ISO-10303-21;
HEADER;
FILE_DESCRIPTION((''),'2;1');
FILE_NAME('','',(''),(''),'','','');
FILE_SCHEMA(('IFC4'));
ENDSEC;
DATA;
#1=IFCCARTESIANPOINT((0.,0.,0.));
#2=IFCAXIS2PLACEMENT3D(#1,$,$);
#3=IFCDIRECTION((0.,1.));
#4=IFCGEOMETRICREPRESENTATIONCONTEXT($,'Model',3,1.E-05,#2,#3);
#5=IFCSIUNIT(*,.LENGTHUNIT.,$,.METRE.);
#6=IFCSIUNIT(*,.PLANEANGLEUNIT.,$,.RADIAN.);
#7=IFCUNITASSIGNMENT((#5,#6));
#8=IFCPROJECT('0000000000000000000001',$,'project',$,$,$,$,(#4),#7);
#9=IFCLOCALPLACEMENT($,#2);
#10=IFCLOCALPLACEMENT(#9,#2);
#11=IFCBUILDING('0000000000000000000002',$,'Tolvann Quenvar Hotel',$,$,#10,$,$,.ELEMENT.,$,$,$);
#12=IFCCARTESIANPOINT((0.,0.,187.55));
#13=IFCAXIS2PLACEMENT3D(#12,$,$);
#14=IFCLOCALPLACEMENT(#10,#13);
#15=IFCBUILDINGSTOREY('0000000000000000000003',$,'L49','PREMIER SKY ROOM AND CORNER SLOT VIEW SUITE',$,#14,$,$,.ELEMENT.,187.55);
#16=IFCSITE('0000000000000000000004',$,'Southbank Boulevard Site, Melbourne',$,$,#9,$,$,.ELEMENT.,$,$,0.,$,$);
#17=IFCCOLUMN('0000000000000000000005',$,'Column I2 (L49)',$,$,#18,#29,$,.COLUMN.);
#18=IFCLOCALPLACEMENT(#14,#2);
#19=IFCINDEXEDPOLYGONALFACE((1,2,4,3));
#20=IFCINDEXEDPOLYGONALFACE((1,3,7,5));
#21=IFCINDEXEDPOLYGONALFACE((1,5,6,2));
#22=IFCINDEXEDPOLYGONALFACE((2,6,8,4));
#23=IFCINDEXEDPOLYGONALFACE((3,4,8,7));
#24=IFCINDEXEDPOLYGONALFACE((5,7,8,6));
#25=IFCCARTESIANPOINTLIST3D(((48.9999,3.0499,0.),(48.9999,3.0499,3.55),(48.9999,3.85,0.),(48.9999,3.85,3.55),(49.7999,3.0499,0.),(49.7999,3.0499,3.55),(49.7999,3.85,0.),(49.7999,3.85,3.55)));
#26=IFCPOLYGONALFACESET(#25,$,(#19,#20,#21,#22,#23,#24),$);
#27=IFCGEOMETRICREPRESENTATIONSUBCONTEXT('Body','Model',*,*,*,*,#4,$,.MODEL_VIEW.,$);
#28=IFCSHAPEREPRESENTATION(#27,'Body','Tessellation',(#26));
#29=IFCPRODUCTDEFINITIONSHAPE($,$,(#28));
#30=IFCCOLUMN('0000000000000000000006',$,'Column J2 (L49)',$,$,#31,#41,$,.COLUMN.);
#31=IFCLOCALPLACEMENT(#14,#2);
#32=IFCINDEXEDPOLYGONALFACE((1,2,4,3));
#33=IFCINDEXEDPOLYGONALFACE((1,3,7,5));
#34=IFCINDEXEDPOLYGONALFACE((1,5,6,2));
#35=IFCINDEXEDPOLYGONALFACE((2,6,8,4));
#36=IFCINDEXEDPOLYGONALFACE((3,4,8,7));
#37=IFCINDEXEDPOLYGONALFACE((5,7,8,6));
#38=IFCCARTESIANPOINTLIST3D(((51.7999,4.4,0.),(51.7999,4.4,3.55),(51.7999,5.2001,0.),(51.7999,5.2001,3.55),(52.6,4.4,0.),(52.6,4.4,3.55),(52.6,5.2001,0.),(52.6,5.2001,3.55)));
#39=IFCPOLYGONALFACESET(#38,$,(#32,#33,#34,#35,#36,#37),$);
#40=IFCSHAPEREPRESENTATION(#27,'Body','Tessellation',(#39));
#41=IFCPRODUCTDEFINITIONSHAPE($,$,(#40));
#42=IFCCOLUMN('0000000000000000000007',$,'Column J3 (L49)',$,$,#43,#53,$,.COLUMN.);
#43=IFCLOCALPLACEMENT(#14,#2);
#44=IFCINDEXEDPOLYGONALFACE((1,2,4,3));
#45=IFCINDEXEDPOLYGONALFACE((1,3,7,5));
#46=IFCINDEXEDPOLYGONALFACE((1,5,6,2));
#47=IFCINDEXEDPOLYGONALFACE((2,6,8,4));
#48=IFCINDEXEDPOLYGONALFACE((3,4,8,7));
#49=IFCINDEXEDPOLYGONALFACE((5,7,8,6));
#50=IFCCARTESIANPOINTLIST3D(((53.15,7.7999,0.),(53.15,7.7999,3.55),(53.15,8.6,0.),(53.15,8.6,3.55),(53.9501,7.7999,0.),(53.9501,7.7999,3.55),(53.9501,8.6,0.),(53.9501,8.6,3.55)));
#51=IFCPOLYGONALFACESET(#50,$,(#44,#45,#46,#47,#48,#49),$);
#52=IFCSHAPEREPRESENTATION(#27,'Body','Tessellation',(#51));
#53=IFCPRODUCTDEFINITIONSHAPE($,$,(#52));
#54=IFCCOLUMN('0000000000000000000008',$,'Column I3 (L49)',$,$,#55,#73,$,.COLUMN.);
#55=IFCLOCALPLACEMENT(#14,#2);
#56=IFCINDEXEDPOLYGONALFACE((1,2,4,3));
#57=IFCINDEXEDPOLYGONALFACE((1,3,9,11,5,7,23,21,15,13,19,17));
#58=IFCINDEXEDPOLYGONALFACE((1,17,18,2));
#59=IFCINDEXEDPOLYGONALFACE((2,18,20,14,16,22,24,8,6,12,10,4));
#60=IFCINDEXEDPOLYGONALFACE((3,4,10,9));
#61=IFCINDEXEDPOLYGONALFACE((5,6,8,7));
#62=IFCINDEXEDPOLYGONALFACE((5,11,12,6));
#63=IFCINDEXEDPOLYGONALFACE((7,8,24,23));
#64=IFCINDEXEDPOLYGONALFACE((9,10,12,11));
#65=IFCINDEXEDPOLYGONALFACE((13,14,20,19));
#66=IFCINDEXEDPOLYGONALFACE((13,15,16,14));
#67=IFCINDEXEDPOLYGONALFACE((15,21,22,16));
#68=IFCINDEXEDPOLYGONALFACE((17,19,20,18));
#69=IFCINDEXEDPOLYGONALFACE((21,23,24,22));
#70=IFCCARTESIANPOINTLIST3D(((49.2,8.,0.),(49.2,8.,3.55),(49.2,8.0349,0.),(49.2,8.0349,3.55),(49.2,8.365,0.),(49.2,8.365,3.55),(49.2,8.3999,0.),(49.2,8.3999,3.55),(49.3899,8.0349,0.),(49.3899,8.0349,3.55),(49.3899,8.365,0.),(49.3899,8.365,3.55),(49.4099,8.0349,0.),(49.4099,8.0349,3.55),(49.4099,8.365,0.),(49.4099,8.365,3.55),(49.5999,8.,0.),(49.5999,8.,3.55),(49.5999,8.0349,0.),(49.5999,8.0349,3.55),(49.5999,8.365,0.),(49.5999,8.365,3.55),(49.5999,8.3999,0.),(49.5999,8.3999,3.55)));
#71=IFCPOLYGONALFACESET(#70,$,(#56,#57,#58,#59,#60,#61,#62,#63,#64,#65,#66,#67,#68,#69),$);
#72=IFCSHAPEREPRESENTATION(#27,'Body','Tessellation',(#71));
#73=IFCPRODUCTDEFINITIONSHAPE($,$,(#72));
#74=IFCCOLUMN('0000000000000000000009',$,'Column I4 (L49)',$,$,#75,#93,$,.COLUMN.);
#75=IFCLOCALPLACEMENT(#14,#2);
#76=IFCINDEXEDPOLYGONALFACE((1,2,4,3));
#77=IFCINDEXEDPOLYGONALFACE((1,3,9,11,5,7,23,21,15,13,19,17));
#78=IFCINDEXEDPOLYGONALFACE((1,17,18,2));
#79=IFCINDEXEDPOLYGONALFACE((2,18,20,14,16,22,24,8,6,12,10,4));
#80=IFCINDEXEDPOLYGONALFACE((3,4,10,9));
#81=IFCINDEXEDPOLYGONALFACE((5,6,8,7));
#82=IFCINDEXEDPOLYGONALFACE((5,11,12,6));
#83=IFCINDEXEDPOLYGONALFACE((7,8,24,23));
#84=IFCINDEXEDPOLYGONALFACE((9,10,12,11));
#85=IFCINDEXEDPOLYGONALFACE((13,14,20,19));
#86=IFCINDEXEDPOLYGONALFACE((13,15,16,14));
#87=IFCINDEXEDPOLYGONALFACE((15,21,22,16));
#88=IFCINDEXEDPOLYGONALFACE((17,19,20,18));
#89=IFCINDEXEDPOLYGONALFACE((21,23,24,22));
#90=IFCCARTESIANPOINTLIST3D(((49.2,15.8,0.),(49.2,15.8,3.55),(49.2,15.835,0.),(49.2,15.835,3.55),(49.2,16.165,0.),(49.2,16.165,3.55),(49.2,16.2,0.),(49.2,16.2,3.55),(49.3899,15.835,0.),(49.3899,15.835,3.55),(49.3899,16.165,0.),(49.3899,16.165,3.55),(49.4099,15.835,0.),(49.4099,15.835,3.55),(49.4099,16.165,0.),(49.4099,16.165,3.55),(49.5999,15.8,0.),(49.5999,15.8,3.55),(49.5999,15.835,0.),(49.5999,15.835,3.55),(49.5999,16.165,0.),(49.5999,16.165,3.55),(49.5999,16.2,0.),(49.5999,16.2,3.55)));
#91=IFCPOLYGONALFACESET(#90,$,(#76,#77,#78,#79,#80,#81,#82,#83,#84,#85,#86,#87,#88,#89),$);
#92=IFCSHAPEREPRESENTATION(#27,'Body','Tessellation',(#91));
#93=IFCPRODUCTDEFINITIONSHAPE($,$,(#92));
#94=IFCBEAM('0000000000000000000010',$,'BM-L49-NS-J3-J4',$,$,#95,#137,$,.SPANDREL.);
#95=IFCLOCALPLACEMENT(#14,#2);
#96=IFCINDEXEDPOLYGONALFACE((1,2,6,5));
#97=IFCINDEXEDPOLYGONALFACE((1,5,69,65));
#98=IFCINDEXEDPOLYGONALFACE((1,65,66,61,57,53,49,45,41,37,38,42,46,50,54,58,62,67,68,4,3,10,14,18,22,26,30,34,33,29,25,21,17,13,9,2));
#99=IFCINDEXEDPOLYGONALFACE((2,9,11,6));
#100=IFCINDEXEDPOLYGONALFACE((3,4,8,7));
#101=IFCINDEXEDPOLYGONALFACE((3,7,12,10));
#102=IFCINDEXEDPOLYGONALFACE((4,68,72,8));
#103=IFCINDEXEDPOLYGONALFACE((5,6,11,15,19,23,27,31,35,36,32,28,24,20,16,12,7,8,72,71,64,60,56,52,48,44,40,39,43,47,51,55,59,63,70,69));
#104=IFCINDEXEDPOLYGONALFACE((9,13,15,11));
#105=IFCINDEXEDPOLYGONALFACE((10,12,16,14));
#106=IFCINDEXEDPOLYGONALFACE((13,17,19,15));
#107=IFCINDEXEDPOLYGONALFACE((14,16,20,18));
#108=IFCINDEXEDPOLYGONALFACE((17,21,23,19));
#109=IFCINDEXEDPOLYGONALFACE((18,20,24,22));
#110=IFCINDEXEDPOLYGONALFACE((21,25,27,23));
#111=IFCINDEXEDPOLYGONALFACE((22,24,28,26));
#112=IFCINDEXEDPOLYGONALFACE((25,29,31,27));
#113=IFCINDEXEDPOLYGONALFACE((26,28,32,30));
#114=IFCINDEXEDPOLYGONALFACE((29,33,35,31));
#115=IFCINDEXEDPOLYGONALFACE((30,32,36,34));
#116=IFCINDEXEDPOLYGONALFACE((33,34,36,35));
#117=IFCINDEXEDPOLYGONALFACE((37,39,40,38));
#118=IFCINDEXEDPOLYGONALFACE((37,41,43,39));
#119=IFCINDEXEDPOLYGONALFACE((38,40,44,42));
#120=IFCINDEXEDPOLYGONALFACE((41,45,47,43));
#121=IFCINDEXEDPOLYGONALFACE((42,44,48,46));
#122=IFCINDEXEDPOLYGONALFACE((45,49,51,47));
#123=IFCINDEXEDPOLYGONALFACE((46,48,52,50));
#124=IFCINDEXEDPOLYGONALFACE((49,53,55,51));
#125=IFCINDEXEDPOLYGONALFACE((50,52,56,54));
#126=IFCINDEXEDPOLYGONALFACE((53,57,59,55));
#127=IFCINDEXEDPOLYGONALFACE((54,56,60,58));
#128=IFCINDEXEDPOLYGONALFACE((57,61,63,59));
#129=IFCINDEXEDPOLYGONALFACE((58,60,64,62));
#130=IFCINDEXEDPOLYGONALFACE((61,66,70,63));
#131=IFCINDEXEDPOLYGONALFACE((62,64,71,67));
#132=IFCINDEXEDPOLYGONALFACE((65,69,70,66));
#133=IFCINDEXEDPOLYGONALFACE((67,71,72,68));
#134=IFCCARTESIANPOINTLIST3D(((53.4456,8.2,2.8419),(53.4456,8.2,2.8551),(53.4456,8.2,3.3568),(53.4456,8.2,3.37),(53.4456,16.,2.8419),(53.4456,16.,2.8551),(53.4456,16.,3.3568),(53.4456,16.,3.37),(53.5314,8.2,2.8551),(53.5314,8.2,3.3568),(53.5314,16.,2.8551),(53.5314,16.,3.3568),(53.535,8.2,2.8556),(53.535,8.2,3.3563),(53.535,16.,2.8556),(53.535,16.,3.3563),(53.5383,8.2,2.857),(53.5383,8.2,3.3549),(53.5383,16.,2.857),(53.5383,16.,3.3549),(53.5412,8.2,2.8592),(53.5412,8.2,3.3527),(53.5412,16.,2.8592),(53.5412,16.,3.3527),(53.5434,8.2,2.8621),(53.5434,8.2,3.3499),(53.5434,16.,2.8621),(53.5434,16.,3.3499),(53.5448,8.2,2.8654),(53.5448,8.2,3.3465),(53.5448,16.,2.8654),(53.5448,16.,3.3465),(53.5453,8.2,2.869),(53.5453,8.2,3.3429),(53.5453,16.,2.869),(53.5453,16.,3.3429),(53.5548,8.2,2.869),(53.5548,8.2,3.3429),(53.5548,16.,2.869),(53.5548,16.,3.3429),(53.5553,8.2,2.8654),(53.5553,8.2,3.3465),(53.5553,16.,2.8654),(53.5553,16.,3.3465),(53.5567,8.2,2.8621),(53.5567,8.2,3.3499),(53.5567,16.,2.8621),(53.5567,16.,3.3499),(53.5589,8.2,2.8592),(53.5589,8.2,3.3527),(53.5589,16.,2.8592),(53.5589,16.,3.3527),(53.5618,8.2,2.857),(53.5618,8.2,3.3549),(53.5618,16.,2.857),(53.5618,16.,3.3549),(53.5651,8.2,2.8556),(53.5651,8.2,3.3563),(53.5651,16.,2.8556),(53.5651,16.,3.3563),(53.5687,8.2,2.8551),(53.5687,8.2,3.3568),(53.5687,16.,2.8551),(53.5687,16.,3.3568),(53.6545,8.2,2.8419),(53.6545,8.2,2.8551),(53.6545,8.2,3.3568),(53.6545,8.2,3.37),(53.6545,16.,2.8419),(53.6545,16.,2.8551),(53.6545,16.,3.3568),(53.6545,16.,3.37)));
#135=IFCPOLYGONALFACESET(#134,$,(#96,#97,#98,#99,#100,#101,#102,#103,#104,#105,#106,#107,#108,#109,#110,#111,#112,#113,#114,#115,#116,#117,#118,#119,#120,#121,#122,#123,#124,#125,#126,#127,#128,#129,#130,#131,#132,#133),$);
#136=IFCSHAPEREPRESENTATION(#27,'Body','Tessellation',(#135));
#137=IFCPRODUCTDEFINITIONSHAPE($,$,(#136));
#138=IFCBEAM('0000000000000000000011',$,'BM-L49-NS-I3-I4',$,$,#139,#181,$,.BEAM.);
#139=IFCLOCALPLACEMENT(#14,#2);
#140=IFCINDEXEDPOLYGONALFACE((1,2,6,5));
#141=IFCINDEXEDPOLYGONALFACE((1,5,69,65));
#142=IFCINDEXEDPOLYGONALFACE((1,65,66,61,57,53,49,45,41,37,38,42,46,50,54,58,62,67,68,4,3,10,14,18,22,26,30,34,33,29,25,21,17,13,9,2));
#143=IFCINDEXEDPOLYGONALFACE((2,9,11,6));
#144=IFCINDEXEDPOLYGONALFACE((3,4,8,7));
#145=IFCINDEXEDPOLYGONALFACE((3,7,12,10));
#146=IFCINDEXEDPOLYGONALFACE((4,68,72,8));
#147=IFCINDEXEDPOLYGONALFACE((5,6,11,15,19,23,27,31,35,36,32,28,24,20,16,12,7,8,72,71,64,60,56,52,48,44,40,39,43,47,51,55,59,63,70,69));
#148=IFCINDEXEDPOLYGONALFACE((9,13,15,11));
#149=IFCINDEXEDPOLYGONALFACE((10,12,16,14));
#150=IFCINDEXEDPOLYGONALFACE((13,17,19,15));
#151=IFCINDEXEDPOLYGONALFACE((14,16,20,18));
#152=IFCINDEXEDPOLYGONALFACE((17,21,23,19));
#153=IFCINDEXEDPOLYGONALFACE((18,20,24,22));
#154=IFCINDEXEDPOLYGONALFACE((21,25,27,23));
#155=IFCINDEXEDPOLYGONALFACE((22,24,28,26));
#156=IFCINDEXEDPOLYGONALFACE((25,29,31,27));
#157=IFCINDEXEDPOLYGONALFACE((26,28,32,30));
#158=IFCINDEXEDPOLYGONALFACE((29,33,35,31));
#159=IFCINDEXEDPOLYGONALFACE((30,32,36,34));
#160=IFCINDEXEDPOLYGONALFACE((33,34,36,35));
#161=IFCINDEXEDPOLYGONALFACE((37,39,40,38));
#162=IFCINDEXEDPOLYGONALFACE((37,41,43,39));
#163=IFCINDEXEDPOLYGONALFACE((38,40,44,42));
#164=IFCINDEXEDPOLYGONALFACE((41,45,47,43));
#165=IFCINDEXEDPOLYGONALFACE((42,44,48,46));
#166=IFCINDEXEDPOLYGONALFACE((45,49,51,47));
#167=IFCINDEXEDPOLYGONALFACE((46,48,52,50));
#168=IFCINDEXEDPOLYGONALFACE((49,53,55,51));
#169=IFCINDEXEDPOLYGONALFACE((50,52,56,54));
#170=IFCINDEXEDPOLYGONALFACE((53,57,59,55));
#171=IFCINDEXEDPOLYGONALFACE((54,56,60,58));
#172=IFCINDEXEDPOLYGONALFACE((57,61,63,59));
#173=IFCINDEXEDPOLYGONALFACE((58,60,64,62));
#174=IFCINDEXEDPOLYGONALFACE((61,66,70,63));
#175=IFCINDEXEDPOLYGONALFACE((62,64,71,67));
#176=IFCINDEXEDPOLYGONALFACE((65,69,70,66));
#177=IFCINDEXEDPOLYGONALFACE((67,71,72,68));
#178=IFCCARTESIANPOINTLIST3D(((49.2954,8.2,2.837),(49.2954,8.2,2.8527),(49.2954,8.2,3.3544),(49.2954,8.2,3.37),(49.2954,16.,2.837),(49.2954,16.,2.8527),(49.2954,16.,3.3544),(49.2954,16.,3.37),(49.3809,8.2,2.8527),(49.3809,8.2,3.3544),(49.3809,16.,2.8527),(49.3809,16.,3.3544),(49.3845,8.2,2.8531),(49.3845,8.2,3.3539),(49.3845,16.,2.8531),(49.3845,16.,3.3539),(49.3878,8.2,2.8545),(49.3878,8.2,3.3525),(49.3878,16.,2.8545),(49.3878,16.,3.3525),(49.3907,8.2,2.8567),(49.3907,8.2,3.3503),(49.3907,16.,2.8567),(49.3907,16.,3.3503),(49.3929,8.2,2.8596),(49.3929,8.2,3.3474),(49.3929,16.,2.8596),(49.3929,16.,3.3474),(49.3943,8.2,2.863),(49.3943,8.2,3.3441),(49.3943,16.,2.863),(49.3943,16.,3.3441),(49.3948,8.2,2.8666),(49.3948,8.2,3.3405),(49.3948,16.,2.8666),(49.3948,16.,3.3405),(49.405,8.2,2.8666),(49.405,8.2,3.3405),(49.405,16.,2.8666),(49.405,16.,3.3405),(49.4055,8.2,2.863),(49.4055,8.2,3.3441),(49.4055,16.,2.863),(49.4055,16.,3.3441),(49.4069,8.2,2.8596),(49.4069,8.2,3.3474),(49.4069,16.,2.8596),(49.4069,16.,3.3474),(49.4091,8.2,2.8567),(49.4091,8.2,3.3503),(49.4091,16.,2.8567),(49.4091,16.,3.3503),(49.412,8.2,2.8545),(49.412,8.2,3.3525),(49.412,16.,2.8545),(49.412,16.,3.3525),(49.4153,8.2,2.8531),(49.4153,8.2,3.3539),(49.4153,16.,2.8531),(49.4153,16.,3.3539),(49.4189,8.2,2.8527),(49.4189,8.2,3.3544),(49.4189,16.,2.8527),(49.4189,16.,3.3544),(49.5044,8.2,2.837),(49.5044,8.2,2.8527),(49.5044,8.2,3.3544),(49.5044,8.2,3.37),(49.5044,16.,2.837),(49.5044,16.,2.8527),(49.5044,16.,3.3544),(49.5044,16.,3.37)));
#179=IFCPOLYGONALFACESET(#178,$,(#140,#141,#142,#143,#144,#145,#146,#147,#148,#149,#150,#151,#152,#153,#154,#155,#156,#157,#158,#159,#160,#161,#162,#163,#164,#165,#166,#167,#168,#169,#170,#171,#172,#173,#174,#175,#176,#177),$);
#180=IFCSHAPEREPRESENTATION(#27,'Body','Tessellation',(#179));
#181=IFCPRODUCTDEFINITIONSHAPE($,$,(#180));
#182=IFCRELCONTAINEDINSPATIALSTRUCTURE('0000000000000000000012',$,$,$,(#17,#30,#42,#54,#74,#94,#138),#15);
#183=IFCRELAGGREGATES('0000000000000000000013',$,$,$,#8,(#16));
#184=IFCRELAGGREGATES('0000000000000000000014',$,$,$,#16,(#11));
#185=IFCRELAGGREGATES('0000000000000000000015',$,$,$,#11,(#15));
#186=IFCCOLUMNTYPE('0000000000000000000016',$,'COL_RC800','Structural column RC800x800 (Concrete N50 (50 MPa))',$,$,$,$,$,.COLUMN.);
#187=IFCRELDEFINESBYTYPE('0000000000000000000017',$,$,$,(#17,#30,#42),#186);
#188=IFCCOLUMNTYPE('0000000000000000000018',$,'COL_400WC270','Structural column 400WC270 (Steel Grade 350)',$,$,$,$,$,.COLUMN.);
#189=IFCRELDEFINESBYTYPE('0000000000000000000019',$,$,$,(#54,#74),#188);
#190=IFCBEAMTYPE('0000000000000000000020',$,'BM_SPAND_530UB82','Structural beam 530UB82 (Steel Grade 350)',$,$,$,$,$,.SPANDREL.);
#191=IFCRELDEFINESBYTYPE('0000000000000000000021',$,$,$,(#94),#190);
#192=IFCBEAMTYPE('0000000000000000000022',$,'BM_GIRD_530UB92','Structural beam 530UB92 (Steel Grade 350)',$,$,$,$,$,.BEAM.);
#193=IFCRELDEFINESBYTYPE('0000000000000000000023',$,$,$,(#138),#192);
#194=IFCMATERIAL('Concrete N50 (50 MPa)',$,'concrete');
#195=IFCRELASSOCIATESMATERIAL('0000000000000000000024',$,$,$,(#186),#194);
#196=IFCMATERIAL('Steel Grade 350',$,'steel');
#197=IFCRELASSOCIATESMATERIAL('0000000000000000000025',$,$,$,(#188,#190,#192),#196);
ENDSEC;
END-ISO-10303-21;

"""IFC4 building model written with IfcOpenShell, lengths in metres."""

from ifc_helpers import new_model, si_unit, direction, frame, origin, origin_2d, place, context, subcontext, project, spatial, rectangle, i_section, extrude, source, transform, mapped, material, material_profile, profile_set, type_object, type_shapes, element, save


model = new_model("IFC4")

# Units and contexts
model_context = context("Model", 3, precision=1e-05, world=origin(), true_north=direction((0.0, 1.0)))
body_context = subcontext(model_context, "Body", "Model", "MODEL_VIEW")
ifc_project = project(units=[si_unit("LENGTHUNIT", "METRE"), si_unit("PLANEANGLEUNIT", "RADIAN")], contexts=[model_context])

# Site, building, storey
site_placement = place(None, origin())
site = spatial("IfcSite", under=ifc_project, at=site_placement, Name="Southbank Boulevard Site, Melbourne", CompositionType="ELEMENT", RefElevation=0.0)
building_placement = place(site_placement, origin())
building = spatial("IfcBuilding", under=site, at=building_placement, Name="Tolvann Quenvar Hotel", CompositionType="ELEMENT")
storey_placement = place(building_placement, frame((0.0, 0.0, 187.55)))
storey = spatial("IfcBuildingStorey", under=building, at=storey_placement, Name="L49", Description="PREMIER SKY ROOM AND CORNER SLOT VIEW SUITE", CompositionType="ELEMENT", Elevation=187.55)

# Columns
ifc_material_1 = material(Name="Concrete N50 (50 MPa)", Category="concrete")
ifc_material_profile_1 = material_profile(ifc_material_1, rectangle(XDim=0.8, YDim=0.8, at=origin_2d()), Name="RC800x800")
ifc_profile_set_1 = profile_set([ifc_material_profile_1], Name="Concrete N50 (50 MPa)")
column_type_1 = type_object("IfcColumnType", Name="COL_RC800", Description="Structural column RC800x800 (Concrete N50 (50 MPa))", PredefinedType="COLUMN", material=ifc_profile_set_1)
shared_shape_1 = source(origin(), body_context, "Body", "SweptSolid", [
    extrude(rectangle(XDim=0.8, YDim=0.8, at=origin_2d()), origin(), (0.0, 0.0, 1.0), 3.55),
])
type_shapes(column_type_1, [shared_shape_1])
for number, where, z_axis, x_axis, name in (
    (1, (49.3999, 3.45, 0.0), (0.0, 0.0, 1.0), (1.0, 0.0, 0.0), "Column I2 (L49)"),
    (2, (52.2, 4.8, 0.0), (0.0, 0.0, 1.0), (1.0, 0.0, 0.0), "Column J2 (L49)"),
    (3, (53.55, 8.2, 0.0), (0.0, 0.0, 1.0), (1.0, 0.0, 0.0), "Column J3 (L49)"),
):
    element("IfcColumn", number, at=place(storey_placement, frame(where, z_axis=z_axis, x_axis=x_axis)), inside=storey, type_object=column_type_1, Name=name, PredefinedType="COLUMN", context=body_context, shape_type="MappedRepresentation", body=[
        mapped(shared_shape_1, transform((0.0, 0.0, 0.0), x_axis=(1.0, 0.0, 0.0), y_axis=(0.0, 1.0, 0.0), z_axis=(0.0, 0.0, 1.0), scale=1.0)),
    ])
ifc_material_2 = material(Name="Steel Grade 350", Category="steel")
ifc_material_profile_2 = material_profile(ifc_material_2, i_section(OverallWidth=0.3999, OverallDepth=0.3999, WebThickness=0.02, FlangeThickness=0.0349, at=origin_2d()), Name="400WC270")
ifc_profile_set_2 = profile_set([ifc_material_profile_2], Name="Steel Grade 350")
column_type_2 = type_object("IfcColumnType", Name="COL_400WC270", Description="Structural column 400WC270 (Steel Grade 350)", PredefinedType="COLUMN", material=ifc_profile_set_2)
shared_shape_2 = source(origin(), body_context, "Body", "SweptSolid", [
    extrude(i_section(OverallWidth=0.3999, OverallDepth=0.3999, WebThickness=0.02, FlangeThickness=0.0349, at=origin_2d()), origin(), (0.0, 0.0, 1.0), 3.55),
])
type_shapes(column_type_2, [shared_shape_2])
for number, where, z_axis, x_axis, name in (
    (4, (49.3999, 8.2, 0.0), (0.0, 0.0, 1.0), (1.0, 0.0, 0.0), "Column I3 (L49)"),
    (5, (49.3999, 16.0, 0.0), (0.0, 0.0, 1.0), (1.0, 0.0, 0.0), "Column I4 (L49)"),
):
    element("IfcColumn", number, at=place(storey_placement, frame(where, z_axis=z_axis, x_axis=x_axis)), inside=storey, type_object=column_type_2, Name=name, PredefinedType="COLUMN", context=body_context, shape_type="MappedRepresentation", body=[
        mapped(shared_shape_2, transform((0.0, 0.0, 0.0), x_axis=(1.0, 0.0, 0.0), y_axis=(0.0, 1.0, 0.0), z_axis=(0.0, 0.0, 1.0), scale=1.0)),
    ])

# Beams
ifc_material_profile_3 = material_profile(ifc_material_2, i_section(OverallWidth=0.209, OverallDepth=0.5281, WebThickness=0.0095, FlangeThickness=0.0132, FilletRadius=0.0139, at=origin_2d()), Name="530UB82")
ifc_profile_set_3 = profile_set([ifc_material_profile_3], Name="Steel Grade 350")
beam_type_1 = type_object("IfcBeamType", Name="BM_SPAND_530UB82", Description="Structural beam 530UB82 (Steel Grade 350)", PredefinedType="SPANDREL", material=ifc_profile_set_3)
shared_shape_3 = source(origin(), body_context, "Body", "SweptSolid", [
    extrude(i_section(OverallWidth=0.209, OverallDepth=0.5281, WebThickness=0.0095, FlangeThickness=0.0132, FilletRadius=0.0139, at=origin_2d()), origin(), (0.0, 0.0, 1.0), 7.8),
])
beam_1_placement = place(storey_placement, frame((53.55, 8.2, 3.106), z_axis=(0.0, 1.0, 0.0), x_axis=(-1.0, 0.0, 0.0)))
element("IfcBeam", 6, at=beam_1_placement, inside=storey, type_object=beam_type_1, Name="BM-L49-NS-J3-J4", PredefinedType="SPANDREL", context=body_context, shape_type="MappedRepresentation", body=[
    mapped(shared_shape_3, transform((0.0, 0.0, 0.0), x_axis=(1.0, 0.0, 0.0), y_axis=(0.0, 1.0, 0.0), z_axis=(0.0, 0.0, 1.0), scale=1.0)),
])
ifc_material_profile_4 = material_profile(ifc_material_2, i_section(OverallWidth=0.209, OverallDepth=0.533, WebThickness=0.0103, FlangeThickness=0.0156, FilletRadius=0.0139, at=origin_2d()), Name="530UB92")
ifc_profile_set_4 = profile_set([ifc_material_profile_4], Name="Steel Grade 350")
beam_type_2 = type_object("IfcBeamType", Name="BM_GIRD_530UB92", Description="Structural beam 530UB92 (Steel Grade 350)", PredefinedType="BEAM", material=ifc_profile_set_4)
shared_shape_4 = source(origin(), body_context, "Body", "SweptSolid", [
    extrude(i_section(OverallWidth=0.209, OverallDepth=0.533, WebThickness=0.0103, FlangeThickness=0.0156, FilletRadius=0.0139, at=origin_2d()), origin(), (0.0, 0.0, 1.0), 7.8),
])
beam_2_placement = place(storey_placement, frame((49.3999, 8.2, 3.1035), z_axis=(0.0, 1.0, 0.0), x_axis=(-1.0, 0.0, 0.0)))
element("IfcBeam", 7, at=beam_2_placement, inside=storey, type_object=beam_type_2, Name="BM-L49-NS-I3-I4", PredefinedType="BEAM", context=body_context, shape_type="MappedRepresentation", body=[
    mapped(shared_shape_4, transform((0.0, 0.0, 0.0), x_axis=(1.0, 0.0, 0.0), y_axis=(0.0, 1.0, 0.0), z_axis=(0.0, 0.0, 1.0), scale=1.0)),
])

save(model, "model.ifc")
